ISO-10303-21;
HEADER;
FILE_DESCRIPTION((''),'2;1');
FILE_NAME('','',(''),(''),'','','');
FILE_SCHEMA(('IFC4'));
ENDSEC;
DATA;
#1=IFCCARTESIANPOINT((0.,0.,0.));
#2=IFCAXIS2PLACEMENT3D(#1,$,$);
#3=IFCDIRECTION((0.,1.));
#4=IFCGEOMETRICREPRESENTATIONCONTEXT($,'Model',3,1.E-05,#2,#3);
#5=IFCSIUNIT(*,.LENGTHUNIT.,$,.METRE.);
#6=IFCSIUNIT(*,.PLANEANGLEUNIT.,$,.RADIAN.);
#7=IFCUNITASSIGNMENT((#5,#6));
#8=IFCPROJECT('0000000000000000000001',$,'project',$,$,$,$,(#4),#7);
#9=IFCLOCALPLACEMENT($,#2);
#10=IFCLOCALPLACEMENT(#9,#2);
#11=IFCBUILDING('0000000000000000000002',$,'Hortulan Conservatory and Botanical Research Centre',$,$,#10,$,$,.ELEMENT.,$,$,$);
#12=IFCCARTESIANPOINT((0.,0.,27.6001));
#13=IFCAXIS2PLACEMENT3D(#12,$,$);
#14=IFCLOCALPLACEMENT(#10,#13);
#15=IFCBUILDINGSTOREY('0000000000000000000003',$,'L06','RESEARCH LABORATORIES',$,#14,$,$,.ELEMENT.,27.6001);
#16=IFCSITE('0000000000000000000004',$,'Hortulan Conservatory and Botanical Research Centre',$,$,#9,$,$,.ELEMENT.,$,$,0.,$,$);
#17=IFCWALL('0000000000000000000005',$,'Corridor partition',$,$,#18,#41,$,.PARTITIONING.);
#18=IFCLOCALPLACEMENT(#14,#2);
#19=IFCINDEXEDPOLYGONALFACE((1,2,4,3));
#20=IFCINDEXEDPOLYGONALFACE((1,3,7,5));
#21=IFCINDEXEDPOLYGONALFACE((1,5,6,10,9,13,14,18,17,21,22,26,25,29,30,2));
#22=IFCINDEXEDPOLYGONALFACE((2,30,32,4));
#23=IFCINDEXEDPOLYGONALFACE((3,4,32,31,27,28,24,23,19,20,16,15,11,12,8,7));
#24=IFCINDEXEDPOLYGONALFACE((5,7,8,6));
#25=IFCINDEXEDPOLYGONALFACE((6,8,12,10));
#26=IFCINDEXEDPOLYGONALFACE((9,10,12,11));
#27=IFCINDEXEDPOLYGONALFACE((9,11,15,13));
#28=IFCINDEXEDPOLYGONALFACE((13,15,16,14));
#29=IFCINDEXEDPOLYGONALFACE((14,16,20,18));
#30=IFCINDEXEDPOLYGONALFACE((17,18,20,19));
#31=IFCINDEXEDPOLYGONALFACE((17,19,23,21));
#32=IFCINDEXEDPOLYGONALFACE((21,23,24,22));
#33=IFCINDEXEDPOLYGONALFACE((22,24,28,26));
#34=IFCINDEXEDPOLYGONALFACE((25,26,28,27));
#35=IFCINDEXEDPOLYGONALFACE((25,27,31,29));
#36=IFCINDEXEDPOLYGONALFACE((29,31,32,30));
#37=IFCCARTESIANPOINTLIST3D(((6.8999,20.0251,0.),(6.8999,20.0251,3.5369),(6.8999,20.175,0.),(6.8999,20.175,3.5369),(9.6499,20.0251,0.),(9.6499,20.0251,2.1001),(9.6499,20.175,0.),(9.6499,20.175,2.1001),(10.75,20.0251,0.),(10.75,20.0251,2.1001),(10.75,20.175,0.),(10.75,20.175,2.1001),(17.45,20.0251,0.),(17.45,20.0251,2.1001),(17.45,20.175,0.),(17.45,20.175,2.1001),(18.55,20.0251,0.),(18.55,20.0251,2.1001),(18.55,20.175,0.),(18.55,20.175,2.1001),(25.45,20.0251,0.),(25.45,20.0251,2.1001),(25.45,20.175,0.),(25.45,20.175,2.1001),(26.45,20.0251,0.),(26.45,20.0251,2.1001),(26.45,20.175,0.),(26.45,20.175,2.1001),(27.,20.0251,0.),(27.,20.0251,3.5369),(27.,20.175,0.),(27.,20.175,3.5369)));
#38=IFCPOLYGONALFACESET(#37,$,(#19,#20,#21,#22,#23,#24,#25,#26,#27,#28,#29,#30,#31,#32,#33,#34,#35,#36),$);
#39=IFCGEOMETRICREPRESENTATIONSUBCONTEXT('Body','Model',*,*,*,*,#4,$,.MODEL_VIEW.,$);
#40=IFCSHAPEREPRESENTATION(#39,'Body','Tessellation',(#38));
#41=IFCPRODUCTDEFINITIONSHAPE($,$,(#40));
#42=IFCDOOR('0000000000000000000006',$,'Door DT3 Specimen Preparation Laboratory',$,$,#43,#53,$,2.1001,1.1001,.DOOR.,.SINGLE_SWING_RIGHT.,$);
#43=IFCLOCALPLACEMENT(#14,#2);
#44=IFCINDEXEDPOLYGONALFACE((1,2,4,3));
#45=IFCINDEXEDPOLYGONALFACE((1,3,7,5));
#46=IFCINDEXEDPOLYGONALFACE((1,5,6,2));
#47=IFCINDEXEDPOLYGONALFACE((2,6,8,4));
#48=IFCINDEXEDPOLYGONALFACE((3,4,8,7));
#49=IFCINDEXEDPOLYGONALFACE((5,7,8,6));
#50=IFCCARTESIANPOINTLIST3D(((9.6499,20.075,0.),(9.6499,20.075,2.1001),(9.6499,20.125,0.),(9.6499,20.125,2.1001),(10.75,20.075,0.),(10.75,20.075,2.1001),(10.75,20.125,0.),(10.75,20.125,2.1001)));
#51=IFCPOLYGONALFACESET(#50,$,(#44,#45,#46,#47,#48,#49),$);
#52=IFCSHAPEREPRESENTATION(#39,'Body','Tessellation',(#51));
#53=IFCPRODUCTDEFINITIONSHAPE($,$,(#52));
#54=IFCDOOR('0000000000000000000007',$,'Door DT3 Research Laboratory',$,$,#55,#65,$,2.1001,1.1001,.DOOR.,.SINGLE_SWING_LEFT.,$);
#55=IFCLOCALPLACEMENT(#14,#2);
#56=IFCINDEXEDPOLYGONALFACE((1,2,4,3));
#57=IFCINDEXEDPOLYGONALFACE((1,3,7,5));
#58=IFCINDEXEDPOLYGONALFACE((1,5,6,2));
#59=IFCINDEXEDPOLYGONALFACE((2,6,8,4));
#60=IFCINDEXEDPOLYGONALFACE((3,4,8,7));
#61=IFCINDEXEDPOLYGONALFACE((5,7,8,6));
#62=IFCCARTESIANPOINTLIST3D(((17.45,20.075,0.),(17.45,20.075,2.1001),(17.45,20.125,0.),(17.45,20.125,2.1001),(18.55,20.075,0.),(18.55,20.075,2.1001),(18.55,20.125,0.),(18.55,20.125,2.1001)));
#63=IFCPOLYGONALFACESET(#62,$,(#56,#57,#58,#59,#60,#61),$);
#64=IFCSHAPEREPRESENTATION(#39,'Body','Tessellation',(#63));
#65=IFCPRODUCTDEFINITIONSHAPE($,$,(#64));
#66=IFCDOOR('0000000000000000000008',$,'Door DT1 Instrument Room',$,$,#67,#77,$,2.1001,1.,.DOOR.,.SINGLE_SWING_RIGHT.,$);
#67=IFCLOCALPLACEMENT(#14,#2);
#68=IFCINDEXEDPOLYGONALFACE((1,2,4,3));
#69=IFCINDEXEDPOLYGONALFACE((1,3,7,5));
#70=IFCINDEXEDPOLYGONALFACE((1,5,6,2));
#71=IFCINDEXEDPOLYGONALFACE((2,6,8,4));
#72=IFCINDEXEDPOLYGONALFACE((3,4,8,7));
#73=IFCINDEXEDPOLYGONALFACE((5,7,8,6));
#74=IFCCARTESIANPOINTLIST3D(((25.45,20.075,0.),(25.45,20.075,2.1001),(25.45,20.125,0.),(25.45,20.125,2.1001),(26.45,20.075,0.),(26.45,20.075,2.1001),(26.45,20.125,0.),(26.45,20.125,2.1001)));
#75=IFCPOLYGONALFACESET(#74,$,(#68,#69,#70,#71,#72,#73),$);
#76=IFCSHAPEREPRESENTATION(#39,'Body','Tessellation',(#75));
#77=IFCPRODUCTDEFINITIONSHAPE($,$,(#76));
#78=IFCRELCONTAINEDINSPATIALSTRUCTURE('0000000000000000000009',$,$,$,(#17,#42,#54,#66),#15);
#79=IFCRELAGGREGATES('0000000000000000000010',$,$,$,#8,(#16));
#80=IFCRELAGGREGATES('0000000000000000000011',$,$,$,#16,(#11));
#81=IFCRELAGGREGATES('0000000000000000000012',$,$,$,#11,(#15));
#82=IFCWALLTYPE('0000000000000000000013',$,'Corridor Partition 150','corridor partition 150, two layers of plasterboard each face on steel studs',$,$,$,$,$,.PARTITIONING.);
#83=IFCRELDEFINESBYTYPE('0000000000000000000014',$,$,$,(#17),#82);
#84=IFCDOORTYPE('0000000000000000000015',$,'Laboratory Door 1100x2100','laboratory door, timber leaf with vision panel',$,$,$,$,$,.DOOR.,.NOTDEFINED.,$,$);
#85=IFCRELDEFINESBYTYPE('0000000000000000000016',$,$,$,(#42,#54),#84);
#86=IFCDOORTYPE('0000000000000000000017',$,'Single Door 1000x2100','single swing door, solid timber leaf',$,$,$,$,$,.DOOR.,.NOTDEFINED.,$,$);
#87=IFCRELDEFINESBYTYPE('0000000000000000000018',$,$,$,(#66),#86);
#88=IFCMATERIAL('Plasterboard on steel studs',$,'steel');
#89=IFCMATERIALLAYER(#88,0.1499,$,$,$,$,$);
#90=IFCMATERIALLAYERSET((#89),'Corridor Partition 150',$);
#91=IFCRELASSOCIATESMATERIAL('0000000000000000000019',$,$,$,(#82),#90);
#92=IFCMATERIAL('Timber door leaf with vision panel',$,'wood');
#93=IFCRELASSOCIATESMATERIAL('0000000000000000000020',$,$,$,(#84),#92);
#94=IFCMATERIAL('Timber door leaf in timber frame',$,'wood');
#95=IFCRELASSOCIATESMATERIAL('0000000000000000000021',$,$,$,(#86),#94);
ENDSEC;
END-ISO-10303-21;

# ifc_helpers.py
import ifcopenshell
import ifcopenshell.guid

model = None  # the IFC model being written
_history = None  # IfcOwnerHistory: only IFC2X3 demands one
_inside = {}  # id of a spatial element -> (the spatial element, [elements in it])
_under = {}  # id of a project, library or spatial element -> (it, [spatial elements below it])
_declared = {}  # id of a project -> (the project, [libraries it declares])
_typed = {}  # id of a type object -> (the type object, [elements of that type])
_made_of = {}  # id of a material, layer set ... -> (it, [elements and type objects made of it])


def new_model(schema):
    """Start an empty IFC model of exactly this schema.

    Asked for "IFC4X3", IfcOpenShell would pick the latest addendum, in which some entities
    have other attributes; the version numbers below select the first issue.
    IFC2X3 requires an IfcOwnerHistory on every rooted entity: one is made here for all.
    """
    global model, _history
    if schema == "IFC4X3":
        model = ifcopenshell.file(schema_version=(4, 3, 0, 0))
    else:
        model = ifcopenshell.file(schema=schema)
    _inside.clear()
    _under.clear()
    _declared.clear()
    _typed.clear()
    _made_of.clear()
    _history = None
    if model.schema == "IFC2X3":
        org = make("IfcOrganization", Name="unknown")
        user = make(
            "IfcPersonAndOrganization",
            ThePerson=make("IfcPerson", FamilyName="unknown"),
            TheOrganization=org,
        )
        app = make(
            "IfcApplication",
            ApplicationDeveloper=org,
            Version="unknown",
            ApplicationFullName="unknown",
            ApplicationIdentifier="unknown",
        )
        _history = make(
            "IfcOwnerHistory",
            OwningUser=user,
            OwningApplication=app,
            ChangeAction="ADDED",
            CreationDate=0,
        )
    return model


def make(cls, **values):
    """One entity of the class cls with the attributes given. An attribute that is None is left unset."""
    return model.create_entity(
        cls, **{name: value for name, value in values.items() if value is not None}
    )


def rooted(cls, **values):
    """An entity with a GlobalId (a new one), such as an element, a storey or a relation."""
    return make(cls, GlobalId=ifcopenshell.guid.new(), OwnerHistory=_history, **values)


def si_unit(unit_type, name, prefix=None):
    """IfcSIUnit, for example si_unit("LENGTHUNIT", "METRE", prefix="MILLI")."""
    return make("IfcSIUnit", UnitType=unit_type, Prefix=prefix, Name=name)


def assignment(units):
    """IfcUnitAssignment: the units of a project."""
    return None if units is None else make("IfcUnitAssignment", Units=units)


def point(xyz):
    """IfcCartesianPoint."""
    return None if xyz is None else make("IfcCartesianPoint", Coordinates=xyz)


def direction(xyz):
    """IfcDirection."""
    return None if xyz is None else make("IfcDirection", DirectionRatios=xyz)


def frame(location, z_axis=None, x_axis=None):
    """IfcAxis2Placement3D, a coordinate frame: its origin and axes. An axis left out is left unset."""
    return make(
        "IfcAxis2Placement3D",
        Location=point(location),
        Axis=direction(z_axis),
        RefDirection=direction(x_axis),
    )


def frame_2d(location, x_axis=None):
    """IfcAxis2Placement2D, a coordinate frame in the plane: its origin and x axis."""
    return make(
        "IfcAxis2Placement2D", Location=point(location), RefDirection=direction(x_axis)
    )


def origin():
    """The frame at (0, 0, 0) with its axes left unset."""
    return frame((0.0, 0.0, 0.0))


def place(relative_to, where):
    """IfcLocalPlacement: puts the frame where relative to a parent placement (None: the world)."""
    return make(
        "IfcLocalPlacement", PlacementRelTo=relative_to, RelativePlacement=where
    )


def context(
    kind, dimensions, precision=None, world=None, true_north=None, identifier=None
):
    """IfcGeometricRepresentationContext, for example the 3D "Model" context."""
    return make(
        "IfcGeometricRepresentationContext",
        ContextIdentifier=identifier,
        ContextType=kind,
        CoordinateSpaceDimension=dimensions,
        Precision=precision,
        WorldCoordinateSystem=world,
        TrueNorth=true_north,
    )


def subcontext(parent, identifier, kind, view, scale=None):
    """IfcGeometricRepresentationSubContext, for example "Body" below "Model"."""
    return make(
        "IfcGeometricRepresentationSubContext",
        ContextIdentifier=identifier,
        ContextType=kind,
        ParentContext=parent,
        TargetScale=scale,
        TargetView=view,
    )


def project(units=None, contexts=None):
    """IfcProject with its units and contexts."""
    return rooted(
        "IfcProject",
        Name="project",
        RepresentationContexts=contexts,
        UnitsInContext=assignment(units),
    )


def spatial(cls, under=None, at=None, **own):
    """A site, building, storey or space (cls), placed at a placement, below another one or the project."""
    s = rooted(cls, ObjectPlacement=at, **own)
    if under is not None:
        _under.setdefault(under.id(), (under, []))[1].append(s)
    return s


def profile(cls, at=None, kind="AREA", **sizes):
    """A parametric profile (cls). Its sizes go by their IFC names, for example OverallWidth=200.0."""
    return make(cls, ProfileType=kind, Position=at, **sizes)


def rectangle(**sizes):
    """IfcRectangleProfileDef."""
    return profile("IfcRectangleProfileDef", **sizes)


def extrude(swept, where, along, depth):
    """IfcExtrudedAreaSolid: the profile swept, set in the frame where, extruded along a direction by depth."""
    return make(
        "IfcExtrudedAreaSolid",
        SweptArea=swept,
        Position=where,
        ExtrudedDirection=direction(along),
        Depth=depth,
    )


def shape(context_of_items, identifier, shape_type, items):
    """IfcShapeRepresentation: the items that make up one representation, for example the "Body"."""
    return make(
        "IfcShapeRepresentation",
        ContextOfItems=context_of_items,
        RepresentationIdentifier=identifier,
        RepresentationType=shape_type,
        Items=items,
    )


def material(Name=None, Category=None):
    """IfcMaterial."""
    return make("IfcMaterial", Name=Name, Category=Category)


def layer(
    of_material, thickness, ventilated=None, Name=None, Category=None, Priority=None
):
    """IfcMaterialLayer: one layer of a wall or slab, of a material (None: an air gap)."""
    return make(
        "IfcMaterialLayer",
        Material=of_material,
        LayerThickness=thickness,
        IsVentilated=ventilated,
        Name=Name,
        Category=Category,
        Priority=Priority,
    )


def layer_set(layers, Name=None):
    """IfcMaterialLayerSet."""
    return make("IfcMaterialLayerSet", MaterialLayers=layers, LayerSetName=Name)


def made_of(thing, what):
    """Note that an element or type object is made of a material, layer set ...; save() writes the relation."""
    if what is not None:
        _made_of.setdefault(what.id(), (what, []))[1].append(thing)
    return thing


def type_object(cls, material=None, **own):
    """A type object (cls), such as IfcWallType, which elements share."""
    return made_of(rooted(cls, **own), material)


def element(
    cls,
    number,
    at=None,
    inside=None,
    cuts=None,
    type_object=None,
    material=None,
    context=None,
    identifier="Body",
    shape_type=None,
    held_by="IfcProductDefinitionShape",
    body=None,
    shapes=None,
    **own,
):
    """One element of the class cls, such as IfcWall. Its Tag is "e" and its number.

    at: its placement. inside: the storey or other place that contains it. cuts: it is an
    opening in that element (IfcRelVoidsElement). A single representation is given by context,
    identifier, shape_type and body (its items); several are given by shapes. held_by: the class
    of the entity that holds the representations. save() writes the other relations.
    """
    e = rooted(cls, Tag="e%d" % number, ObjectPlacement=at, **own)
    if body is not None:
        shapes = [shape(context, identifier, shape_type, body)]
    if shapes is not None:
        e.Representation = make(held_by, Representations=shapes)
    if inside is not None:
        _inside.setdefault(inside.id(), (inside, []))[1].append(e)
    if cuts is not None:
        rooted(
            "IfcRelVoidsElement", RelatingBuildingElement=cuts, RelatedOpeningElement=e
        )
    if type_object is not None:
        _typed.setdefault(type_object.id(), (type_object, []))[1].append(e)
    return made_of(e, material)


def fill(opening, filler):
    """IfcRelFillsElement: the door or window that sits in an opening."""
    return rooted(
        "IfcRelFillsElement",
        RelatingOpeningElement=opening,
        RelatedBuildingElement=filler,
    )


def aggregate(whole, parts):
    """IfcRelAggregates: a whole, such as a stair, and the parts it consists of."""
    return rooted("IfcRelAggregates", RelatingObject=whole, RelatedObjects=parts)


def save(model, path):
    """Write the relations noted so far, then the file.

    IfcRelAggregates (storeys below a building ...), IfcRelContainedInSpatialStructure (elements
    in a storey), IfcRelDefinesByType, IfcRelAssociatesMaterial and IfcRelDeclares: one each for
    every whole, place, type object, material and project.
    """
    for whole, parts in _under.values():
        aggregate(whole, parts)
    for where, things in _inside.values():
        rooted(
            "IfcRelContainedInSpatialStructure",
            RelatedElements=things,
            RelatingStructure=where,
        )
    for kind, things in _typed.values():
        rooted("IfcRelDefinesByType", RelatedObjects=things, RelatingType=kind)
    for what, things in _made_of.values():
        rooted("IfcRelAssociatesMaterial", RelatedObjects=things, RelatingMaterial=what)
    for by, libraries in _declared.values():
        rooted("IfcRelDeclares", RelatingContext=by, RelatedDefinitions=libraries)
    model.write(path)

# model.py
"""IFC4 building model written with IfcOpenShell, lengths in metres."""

from ifc_helpers import new_model, si_unit, direction, frame, frame_2d, origin, place, context, subcontext, project, spatial, rectangle, extrude, material, layer, layer_set, type_object, element, fill, save


model = new_model("IFC4")

# Units and contexts
model_context = context("Model", 3, precision=1e-05, world=origin(), true_north=direction((0.0, 1.0)))
body_context = subcontext(model_context, "Body", "Model", "MODEL_VIEW")
ifc_project = project(units=[si_unit("LENGTHUNIT", "METRE"), si_unit("PLANEANGLEUNIT", "RADIAN")], contexts=[model_context])

# Site, building, storey
site_placement = place(None, origin())
site = spatial("IfcSite", under=ifc_project, at=site_placement, Name="Hortulan Conservatory and Botanical Research Centre", CompositionType="ELEMENT", RefElevation=0.0)
building_placement = place(site_placement, origin())
building = spatial("IfcBuilding", under=site, at=building_placement, Name="Hortulan Conservatory and Botanical Research Centre", CompositionType="ELEMENT")
storey_placement = place(building_placement, frame((0.0, 0.0, 27.6001)))
storey = spatial("IfcBuildingStorey", under=building, at=storey_placement, Name="L06", Description="RESEARCH LABORATORIES", CompositionType="ELEMENT", Elevation=27.6001)

# Wall, openings, doors
ifc_material_1 = material(Name="Plasterboard on steel studs", Category="steel")
ifc_layer_1 = layer(ifc_material_1, 0.1499)
ifc_layer_set_1 = layer_set([ifc_layer_1], Name="Corridor Partition 150")
wall_type_1 = type_object("IfcWallType", Name="Corridor Partition 150", Description="corridor partition 150, two layers of plasterboard each face on steel studs", PredefinedType="PARTITIONING", material=ifc_layer_set_1)
wall_1_placement = place(storey_placement, frame((6.8999, 20.1001, 0.0), z_axis=(0.0, 0.0, 1.0), x_axis=(1.0, 0.0, 0.0)))
wall_1 = element("IfcWall", 1, at=wall_1_placement, inside=storey, type_object=wall_type_1, Name="Corridor partition", PredefinedType="PARTITIONING", context=body_context, shape_type="SweptSolid", body=[
    extrude(rectangle(XDim=20.1001, YDim=0.1499, at=frame_2d((10.05, 0.0))), origin(), (0.0, 0.0, 1.0), 3.5369),
])
opening_1_placement = place(wall_1_placement, frame((2.75, 0.0, 0.0)))
opening_1 = element("IfcOpeningElement", 2, at=opening_1_placement, cuts=wall_1, PredefinedType="OPENING", context=body_context, shape_type="SweptSolid", body=[
    extrude(rectangle(XDim=1.1001, YDim=2.1001, at=frame_2d((0.55, 1.05))), frame((0.0, 0.085, 0.0), z_axis=(0.0, -1.0, 0.0), x_axis=(1.0, 0.0, 0.0)), (0.0, 0.0, 1.0), 0.1699),
])
opening_2_placement = place(wall_1_placement, frame((10.55, 0.0, 0.0)))
opening_2 = element("IfcOpeningElement", 3, at=opening_2_placement, cuts=wall_1, PredefinedType="OPENING", context=body_context, shape_type="SweptSolid", body=[
    extrude(rectangle(XDim=1.1001, YDim=2.1001, at=frame_2d((0.55, 1.05))), frame((0.0, 0.085, 0.0), z_axis=(0.0, -1.0, 0.0), x_axis=(1.0, 0.0, 0.0)), (0.0, 0.0, 1.0), 0.1699),
])
opening_3_placement = place(wall_1_placement, frame((18.55, 0.0, 0.0)))
opening_3 = element("IfcOpeningElement", 4, at=opening_3_placement, cuts=wall_1, PredefinedType="OPENING", context=body_context, shape_type="SweptSolid", body=[
    extrude(rectangle(XDim=1.0, YDim=2.1001, at=frame_2d((0.5, 1.05))), frame((0.0, 0.085, 0.0), z_axis=(0.0, -1.0, 0.0), x_axis=(1.0, 0.0, 0.0)), (0.0, 0.0, 1.0), 0.1699),
])
ifc_material_2 = material(Name="Timber door leaf with vision panel", Category="wood")
door_type_1 = type_object("IfcDoorType", Name="Laboratory Door 1100x2100", Description="laboratory door, timber leaf with vision panel", OperationType="NOTDEFINED", PredefinedType="DOOR", material=ifc_material_2)
door_1_placement = place(opening_1_placement, origin())
door_1 = element("IfcDoor", 5, at=door_1_placement, inside=storey, type_object=door_type_1, Name="Door DT3 Specimen Preparation Laboratory", OperationType="SINGLE_SWING_RIGHT", OverallHeight=2.1001, OverallWidth=1.1001, PredefinedType="DOOR", context=body_context, shape_type="SweptSolid", body=[
    extrude(rectangle(XDim=1.1001, YDim=2.1001, at=frame_2d((0.55, 1.05))), frame((0.0, 0.0249, 0.0), z_axis=(0.0, -1.0, 0.0), x_axis=(1.0, 0.0, 0.0)), (0.0, 0.0, 1.0), 0.05),
])
fill(opening_1, door_1)
door_2_placement = place(opening_2_placement, origin())
door_2 = element("IfcDoor", 6, at=door_2_placement, inside=storey, type_object=door_type_1, Name="Door DT3 Research Laboratory", OperationType="SINGLE_SWING_LEFT", OverallHeight=2.1001, OverallWidth=1.1001, PredefinedType="DOOR", context=body_context, shape_type="SweptSolid", body=[
    extrude(rectangle(XDim=1.1001, YDim=2.1001, at=frame_2d((0.55, 1.05))), frame((0.0, 0.0249, 0.0), z_axis=(0.0, -1.0, 0.0), x_axis=(1.0, 0.0, 0.0)), (0.0, 0.0, 1.0), 0.05),
])
fill(opening_2, door_2)
ifc_material_3 = material(Name="Timber door leaf in timber frame", Category="wood")
door_type_2 = type_object("IfcDoorType", Name="Single Door 1000x2100", Description="single swing door, solid timber leaf", OperationType="NOTDEFINED", PredefinedType="DOOR", material=ifc_material_3)
door_3_placement = place(opening_3_placement, origin())
door_3 = element("IfcDoor", 7, at=door_3_placement, inside=storey, type_object=door_type_2, Name="Door DT1 Instrument Room", OperationType="SINGLE_SWING_RIGHT", OverallHeight=2.1001, OverallWidth=1.0, PredefinedType="DOOR", context=body_context, shape_type="SweptSolid", body=[
    extrude(rectangle(XDim=1.0, YDim=2.1001, at=frame_2d((0.5, 1.05))), frame((0.0, 0.0249, 0.0), z_axis=(0.0, -1.0, 0.0), x_axis=(1.0, 0.0, 0.0)), (0.0, 0.0, 1.0), 0.05),
])
fill(opening_3, door_3)

save(model, "model.ifc")
